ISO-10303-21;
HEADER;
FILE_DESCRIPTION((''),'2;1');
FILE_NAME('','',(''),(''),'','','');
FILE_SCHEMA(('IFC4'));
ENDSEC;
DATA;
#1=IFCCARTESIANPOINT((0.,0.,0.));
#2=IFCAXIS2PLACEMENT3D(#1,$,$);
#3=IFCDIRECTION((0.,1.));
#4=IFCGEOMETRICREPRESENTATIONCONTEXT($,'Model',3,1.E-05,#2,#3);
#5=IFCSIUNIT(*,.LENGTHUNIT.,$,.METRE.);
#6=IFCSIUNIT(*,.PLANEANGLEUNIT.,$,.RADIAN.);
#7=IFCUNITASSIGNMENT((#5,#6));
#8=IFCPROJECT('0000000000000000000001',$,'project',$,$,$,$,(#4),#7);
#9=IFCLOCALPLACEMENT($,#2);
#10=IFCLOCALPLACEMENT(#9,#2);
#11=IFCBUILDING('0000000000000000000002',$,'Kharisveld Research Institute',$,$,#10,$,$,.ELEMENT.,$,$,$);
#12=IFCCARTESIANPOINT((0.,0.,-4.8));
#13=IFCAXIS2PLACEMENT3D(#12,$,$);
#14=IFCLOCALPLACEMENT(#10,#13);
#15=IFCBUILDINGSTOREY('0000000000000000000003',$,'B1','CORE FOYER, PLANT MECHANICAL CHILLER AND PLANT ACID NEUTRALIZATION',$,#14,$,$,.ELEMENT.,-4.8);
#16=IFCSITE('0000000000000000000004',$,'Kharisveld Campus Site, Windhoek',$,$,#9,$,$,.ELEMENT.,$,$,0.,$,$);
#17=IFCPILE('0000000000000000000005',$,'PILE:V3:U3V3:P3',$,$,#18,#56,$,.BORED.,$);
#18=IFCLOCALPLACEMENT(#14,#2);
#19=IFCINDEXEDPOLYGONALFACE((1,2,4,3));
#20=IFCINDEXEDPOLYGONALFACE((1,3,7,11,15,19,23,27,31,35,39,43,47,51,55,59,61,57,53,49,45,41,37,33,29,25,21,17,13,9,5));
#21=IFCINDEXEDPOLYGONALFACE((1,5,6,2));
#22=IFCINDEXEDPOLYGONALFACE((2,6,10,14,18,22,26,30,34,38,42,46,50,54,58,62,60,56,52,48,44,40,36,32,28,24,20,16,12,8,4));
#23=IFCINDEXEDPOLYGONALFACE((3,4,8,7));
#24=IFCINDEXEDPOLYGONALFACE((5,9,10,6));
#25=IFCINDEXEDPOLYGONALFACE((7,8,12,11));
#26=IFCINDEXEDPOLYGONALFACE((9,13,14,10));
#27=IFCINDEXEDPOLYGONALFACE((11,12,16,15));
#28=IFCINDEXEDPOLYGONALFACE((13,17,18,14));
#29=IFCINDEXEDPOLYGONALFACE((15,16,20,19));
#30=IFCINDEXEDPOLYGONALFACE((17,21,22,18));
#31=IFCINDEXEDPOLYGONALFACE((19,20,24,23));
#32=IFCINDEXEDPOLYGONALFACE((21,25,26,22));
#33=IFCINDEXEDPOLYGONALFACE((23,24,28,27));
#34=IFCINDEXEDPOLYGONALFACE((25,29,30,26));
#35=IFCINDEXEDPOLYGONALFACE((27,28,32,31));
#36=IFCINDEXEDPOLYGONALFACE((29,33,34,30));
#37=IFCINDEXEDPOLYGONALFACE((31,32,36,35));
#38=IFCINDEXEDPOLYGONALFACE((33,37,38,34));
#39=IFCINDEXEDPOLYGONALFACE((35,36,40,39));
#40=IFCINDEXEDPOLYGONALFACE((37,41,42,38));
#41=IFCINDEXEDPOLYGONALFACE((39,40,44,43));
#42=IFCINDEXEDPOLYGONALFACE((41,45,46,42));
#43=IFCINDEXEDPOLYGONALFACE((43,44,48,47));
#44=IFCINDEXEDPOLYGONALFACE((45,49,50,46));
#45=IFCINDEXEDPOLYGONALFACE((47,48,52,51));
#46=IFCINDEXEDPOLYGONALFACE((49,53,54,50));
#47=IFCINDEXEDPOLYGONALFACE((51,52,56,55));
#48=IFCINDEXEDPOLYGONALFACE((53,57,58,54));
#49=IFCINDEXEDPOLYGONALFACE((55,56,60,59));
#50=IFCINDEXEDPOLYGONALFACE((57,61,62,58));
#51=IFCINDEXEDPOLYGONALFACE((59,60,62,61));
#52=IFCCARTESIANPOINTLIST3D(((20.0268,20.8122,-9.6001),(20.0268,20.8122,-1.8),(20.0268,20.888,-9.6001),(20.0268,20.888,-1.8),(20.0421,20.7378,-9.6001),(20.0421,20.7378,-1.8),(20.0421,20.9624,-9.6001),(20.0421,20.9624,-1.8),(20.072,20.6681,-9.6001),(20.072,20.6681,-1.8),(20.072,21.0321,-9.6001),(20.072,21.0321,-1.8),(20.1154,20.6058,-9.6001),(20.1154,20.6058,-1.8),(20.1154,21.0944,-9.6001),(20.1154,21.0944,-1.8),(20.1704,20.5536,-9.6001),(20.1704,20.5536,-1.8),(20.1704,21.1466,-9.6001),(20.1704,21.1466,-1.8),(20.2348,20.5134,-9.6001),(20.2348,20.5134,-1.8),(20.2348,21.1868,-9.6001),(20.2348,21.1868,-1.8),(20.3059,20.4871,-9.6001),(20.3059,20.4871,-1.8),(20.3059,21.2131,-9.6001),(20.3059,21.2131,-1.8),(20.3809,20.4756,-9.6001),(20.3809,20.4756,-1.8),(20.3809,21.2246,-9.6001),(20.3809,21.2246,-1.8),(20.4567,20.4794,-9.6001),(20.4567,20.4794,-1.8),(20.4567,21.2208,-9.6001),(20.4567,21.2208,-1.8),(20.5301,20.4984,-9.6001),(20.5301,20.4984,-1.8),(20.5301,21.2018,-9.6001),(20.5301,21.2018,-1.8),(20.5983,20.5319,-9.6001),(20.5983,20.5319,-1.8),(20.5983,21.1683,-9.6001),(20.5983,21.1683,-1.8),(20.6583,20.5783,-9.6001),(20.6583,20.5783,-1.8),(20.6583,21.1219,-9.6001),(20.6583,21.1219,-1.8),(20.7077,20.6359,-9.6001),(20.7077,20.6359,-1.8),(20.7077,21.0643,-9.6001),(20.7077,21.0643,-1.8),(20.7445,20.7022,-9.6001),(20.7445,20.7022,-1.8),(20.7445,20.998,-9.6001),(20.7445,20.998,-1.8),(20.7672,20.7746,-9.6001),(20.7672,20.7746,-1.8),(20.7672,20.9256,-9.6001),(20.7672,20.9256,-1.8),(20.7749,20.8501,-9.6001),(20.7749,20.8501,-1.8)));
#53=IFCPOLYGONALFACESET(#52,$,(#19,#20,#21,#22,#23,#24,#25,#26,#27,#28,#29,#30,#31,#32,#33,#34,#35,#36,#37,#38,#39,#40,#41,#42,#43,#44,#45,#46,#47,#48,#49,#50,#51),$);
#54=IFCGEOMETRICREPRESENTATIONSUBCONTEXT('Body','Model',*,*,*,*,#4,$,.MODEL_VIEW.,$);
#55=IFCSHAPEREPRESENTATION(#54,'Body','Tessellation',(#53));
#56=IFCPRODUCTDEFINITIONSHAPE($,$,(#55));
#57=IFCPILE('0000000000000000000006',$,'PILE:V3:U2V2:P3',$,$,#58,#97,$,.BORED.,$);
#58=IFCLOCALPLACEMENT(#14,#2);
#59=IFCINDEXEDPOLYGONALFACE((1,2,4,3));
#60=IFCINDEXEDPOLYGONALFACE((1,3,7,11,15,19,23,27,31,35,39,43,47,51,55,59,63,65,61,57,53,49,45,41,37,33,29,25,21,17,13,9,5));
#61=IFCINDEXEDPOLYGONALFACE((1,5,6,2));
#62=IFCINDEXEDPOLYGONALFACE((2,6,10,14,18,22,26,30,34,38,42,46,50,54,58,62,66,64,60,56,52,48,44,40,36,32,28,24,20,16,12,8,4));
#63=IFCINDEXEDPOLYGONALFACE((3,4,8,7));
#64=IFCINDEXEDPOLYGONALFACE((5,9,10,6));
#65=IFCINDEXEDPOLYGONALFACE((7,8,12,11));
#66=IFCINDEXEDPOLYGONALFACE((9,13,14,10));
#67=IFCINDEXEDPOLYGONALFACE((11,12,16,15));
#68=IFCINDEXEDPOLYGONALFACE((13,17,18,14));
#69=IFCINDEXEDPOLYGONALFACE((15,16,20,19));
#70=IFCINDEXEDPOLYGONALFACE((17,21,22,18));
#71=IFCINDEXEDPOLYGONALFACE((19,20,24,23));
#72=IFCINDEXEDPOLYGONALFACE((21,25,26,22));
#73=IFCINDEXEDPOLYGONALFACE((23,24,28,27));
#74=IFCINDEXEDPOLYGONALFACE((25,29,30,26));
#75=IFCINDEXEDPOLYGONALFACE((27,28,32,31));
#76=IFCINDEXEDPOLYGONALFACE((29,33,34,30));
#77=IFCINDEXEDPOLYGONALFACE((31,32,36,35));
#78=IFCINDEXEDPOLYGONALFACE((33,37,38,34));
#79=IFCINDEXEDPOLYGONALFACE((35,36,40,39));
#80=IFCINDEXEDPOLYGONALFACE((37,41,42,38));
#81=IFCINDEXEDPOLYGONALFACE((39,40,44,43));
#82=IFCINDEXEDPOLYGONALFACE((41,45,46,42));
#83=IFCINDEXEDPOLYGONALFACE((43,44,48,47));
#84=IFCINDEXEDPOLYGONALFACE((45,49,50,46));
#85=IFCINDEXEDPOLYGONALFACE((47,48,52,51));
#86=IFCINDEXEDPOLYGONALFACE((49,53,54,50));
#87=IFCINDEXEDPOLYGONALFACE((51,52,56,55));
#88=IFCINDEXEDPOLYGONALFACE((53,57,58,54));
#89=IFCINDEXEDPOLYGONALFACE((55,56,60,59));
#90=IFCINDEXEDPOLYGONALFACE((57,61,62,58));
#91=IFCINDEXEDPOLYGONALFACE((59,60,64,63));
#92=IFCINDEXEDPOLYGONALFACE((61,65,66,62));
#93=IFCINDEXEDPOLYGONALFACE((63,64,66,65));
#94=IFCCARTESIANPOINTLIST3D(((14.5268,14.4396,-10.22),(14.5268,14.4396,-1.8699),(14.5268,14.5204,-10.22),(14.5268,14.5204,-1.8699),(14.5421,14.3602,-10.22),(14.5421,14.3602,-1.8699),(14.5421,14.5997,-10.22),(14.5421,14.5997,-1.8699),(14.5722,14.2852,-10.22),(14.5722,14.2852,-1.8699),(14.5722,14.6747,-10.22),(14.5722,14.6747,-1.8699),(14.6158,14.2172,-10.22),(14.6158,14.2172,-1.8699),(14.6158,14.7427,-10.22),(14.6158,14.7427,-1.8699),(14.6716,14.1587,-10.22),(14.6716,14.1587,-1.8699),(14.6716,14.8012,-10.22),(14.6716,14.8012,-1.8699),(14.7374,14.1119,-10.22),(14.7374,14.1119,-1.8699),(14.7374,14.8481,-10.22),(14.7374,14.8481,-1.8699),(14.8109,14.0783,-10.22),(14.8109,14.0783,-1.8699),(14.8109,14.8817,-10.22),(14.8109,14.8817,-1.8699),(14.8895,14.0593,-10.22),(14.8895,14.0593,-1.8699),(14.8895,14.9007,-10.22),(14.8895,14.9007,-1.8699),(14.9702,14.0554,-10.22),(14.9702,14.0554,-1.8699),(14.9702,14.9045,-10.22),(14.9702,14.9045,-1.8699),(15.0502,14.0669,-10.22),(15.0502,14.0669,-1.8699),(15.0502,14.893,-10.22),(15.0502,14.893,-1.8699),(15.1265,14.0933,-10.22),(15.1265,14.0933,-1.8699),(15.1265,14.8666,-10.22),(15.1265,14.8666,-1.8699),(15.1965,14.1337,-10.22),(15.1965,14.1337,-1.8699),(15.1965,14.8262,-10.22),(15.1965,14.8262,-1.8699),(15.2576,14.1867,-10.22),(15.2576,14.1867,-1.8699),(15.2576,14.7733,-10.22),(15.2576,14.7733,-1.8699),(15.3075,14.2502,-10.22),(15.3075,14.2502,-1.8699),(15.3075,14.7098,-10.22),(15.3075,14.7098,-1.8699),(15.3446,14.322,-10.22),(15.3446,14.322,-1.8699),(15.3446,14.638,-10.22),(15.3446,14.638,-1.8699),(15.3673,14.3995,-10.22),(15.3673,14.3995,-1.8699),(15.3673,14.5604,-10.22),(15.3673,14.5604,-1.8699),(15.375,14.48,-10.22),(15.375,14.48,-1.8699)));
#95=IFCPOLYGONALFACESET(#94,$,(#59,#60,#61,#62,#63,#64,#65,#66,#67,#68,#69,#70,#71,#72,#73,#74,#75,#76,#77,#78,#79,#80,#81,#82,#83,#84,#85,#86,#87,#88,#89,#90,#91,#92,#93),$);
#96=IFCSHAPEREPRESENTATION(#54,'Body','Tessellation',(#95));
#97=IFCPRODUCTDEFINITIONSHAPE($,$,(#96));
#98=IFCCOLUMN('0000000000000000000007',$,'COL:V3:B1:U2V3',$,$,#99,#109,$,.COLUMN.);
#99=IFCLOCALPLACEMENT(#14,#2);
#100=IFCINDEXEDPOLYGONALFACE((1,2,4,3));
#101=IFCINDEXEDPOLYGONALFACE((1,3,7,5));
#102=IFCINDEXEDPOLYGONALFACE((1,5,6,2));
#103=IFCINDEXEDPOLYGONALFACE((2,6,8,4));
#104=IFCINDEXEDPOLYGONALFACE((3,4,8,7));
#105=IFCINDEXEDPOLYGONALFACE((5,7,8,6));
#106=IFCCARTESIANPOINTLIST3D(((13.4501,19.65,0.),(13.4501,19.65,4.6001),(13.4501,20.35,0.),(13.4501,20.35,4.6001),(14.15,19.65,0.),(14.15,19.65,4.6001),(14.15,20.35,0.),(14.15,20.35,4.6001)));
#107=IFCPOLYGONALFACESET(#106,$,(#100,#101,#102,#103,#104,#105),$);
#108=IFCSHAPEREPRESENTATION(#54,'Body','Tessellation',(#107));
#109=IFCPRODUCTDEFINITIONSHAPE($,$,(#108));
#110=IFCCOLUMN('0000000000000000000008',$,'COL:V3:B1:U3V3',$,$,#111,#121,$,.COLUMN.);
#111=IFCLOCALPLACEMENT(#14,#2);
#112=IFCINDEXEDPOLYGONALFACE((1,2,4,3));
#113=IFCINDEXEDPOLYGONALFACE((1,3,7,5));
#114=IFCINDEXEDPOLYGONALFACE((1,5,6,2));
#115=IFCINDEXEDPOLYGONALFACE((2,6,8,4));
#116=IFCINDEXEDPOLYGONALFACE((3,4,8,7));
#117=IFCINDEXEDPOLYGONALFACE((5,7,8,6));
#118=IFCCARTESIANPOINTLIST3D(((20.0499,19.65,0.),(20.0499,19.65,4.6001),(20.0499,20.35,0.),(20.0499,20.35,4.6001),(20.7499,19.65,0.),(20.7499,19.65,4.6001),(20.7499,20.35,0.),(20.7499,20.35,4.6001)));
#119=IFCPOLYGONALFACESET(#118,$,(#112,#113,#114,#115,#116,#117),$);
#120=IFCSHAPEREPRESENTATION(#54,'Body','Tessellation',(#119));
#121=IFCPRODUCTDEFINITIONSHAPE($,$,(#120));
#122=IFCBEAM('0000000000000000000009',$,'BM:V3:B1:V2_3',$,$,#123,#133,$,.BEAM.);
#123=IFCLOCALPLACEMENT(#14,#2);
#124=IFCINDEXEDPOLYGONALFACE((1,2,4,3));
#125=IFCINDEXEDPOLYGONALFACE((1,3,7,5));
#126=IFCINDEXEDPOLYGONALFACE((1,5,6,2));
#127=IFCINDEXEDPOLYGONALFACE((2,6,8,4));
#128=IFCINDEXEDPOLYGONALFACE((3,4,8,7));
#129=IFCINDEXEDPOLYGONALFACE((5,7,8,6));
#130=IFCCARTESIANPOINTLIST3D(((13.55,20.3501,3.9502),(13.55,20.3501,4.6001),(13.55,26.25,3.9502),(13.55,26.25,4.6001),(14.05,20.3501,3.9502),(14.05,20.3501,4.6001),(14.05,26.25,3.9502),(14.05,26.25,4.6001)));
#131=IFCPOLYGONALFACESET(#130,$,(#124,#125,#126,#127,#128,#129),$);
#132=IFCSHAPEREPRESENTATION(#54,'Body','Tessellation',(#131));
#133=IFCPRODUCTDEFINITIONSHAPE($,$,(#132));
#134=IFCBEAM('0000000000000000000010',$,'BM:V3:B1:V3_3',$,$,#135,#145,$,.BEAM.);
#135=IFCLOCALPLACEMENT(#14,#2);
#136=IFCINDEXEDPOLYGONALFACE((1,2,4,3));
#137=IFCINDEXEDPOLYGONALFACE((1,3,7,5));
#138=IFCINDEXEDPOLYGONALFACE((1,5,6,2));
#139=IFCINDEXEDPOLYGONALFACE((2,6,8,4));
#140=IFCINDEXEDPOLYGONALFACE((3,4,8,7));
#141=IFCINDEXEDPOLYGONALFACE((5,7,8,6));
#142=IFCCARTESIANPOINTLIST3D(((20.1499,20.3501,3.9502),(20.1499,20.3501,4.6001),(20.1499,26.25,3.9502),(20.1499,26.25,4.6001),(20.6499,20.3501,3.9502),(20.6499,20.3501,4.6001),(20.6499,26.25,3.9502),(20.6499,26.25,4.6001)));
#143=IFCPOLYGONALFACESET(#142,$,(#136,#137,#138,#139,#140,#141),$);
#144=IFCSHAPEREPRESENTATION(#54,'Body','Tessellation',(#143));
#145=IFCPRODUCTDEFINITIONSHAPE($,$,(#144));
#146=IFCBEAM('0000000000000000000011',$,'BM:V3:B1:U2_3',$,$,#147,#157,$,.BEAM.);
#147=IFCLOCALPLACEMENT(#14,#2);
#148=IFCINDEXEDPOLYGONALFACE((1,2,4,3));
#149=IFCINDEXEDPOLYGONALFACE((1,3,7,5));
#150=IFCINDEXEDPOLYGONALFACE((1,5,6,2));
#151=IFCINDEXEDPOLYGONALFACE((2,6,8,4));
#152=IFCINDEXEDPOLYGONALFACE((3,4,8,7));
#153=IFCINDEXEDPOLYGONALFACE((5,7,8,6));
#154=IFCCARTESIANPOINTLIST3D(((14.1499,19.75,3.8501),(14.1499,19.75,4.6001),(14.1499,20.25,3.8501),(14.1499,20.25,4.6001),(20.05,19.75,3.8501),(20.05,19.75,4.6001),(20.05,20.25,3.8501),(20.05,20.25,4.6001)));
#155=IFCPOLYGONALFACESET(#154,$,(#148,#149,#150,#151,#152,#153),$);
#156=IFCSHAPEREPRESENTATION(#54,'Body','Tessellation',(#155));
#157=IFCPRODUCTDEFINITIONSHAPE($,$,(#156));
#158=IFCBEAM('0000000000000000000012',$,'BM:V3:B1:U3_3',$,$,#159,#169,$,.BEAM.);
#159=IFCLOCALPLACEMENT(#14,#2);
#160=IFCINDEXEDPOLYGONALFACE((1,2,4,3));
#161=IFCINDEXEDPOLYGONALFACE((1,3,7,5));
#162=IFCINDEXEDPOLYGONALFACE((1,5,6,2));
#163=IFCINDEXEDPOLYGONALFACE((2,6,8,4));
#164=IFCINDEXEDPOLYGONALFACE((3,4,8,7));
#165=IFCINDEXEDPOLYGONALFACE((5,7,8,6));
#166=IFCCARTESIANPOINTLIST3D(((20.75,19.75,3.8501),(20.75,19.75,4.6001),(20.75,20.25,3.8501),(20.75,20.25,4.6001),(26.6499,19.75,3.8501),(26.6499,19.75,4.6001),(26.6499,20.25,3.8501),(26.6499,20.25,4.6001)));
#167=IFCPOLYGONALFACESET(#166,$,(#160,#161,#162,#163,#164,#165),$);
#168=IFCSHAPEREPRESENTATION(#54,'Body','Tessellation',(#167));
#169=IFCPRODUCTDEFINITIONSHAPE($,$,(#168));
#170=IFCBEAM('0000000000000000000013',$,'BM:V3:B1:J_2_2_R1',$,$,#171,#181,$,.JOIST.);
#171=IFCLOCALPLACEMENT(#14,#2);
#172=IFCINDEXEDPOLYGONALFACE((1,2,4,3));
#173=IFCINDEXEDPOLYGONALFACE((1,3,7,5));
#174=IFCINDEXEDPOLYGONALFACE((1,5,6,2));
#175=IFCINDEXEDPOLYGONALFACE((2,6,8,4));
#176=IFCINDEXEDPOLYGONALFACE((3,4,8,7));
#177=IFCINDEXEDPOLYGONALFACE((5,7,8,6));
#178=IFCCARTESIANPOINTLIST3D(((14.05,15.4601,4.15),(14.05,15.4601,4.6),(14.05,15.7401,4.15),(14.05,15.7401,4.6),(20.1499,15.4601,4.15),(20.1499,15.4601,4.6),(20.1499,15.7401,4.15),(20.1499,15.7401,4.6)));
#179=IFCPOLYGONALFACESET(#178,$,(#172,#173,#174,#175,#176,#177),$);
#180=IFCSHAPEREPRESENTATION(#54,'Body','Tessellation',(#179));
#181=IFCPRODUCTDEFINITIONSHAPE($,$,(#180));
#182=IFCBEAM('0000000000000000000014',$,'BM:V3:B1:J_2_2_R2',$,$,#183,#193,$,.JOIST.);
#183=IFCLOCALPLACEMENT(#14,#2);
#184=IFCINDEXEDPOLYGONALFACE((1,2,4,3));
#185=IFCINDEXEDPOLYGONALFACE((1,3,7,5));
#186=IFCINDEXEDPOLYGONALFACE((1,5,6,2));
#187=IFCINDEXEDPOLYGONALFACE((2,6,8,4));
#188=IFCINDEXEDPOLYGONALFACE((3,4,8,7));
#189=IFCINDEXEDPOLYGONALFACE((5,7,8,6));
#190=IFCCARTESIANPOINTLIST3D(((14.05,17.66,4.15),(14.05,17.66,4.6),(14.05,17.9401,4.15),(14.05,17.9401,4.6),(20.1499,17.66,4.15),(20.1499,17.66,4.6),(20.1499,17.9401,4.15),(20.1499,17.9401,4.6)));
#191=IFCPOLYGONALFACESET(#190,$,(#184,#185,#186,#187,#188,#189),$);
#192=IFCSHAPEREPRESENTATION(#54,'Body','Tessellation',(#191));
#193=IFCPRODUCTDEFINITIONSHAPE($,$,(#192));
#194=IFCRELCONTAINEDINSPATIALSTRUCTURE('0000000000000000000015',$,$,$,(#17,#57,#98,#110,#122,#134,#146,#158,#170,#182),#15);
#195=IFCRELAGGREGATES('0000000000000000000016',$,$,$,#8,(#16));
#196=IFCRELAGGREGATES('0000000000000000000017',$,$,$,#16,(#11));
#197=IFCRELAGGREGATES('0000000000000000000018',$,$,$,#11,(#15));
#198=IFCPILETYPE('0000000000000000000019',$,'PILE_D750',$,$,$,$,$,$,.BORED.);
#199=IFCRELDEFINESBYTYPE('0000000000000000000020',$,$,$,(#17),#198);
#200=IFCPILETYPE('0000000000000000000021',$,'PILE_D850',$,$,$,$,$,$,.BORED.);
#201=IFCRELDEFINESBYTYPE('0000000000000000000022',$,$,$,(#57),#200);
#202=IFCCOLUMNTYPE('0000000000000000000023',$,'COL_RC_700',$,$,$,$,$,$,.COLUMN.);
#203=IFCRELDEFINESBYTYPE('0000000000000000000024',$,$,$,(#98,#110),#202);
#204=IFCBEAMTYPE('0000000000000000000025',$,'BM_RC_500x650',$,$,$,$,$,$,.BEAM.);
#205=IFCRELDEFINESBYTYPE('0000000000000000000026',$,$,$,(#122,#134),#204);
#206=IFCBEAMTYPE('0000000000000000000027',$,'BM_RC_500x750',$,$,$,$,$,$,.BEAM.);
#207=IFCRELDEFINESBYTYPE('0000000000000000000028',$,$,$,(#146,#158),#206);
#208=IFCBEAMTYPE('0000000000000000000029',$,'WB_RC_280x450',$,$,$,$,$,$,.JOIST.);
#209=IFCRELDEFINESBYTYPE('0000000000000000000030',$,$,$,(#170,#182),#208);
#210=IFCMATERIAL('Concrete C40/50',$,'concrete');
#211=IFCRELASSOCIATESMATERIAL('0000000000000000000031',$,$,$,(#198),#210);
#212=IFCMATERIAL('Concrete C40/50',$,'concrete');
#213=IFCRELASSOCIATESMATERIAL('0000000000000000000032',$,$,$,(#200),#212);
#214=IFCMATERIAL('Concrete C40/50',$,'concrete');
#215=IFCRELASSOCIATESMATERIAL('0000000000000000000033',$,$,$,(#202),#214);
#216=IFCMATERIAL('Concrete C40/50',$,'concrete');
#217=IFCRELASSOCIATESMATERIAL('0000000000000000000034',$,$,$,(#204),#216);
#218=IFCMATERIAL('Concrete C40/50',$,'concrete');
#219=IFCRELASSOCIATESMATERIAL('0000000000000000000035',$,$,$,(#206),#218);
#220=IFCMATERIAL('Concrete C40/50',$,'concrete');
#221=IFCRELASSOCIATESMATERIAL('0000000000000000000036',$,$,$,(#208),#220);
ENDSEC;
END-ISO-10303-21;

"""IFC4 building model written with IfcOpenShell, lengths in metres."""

from ifc_helpers import new_model, si_unit, direction, frame, origin, origin_2d, place, context, subcontext, project, spatial, rectangle, circle, extrude, material, material_profile, profile_set, type_object, element, save


model = new_model("IFC4")

# Units and contexts
model_context = context("Model", 3, precision=1e-05, world=origin(), true_north=direction((0.0, 1.0)))
body_context = subcontext(model_context, "Body", "Model", "MODEL_VIEW")
ifc_project = project(units=[si_unit("LENGTHUNIT", "METRE"), si_unit("PLANEANGLEUNIT", "RADIAN")], contexts=[model_context])

# Site, building, storey
site_placement = place(None, origin())
site = spatial("IfcSite", under=ifc_project, at=site_placement, Name="Kharisveld Campus Site, Windhoek", CompositionType="ELEMENT", RefElevation=0.0)
building_placement = place(site_placement, origin())
building = spatial("IfcBuilding", under=site, at=building_placement, Name="Kharisveld Research Institute", CompositionType="ELEMENT")
storey_placement = place(building_placement, frame((0.0, 0.0, -4.8)))
storey = spatial("IfcBuildingStorey", under=building, at=storey_placement, Name="B1", Description="CORE FOYER, PLANT MECHANICAL CHILLER AND PLANT ACID NEUTRALIZATION", CompositionType="ELEMENT", Elevation=-4.8)

# Piles
ifc_material_1 = material(Name="Concrete C40/50", Category="concrete")
ifc_material_profile_1 = material_profile(ifc_material_1, circle(Radius=0.375, at=origin_2d()))
ifc_profile_set_1 = profile_set([ifc_material_profile_1], Name="Concrete C40/50")
pile_type_1 = type_object("IfcPileType", Name="PILE_D750", PredefinedType="BORED", material=ifc_profile_set_1)
for number, where, z_axis, x_axis, name in (
    (1, (20.3999, 20.8501, -1.8), (0.0, 0.0, -1.0), (1.0, 0.0, 0.0), "PILE:V3:U3V3:P3"),
):
    element("IfcPile", number, at=place(storey_placement, frame(where, z_axis=z_axis, x_axis=x_axis)), inside=storey, type_object=pile_type_1, Name=name, PredefinedType="BORED", context=body_context, shape_type="SweptSolid", body=[
        extrude(circle(Radius=0.375, at=origin_2d()), origin(), (0.0, 0.0, 1.0), 7.8),
    ])
ifc_material_2 = material(Name="Concrete C40/50", Category="concrete")
ifc_material_profile_2 = material_profile(ifc_material_2, circle(Radius=0.425, at=origin_2d()))
ifc_profile_set_2 = profile_set([ifc_material_profile_2], Name="Concrete C40/50")
pile_type_2 = type_object("IfcPileType", Name="PILE_D850", PredefinedType="BORED", material=ifc_profile_set_2)
pile_placement = place(storey_placement, frame((14.95, 14.48, -1.8699), z_axis=(0.0, 0.0, -1.0), x_axis=(1.0, 0.0, 0.0)))
element("IfcPile", 2, at=pile_placement, inside=storey, type_object=pile_type_2, Name="PILE:V3:U2V2:P3", PredefinedType="BORED", context=body_context, shape_type="SweptSolid", body=[
    extrude(circle(Radius=0.425, at=origin_2d()), origin(), (0.0, 0.0, 1.0), 8.3501),
])

# Columns
ifc_material_3 = material(Name="Concrete C40/50", Category="concrete")
ifc_material_profile_3 = material_profile(ifc_material_3, rectangle(XDim=0.7, YDim=0.7, at=origin_2d()))
ifc_profile_set_3 = profile_set([ifc_material_profile_3], Name="Concrete C40/50")
column_type = type_object("IfcColumnType", Name="COL_RC_700", PredefinedType="COLUMN", material=ifc_profile_set_3)
for number, where, z_axis, x_axis, name in (
    (3, (13.8, 20.0, 0.0), (0.0, 0.0, 1.0), (1.0, 0.0, 0.0), "COL:V3:B1:U2V3"),
    (4, (20.3999, 20.0, 0.0), (0.0, 0.0, 1.0), (1.0, 0.0, 0.0), "COL:V3:B1:U3V3"),
):
    element("IfcColumn", number, at=place(storey_placement, frame(where, z_axis=z_axis, x_axis=x_axis)), inside=storey, type_object=column_type, Name=name, PredefinedType="COLUMN", context=body_context, shape_type="SweptSolid", body=[
        extrude(rectangle(XDim=0.7, YDim=0.7, at=origin_2d()), origin(), (0.0, 0.0, 1.0), 4.6001),
    ])

# Beams
ifc_material_4 = material(Name="Concrete C40/50", Category="concrete")
ifc_material_profile_4 = material_profile(ifc_material_4, rectangle(XDim=0.5, YDim=0.6499, at=origin_2d()))
ifc_profile_set_4 = profile_set([ifc_material_profile_4], Name="Concrete C40/50")
beam_type_1 = type_object("IfcBeamType", Name="BM_RC_500x650", PredefinedType="BEAM", material=ifc_profile_set_4)
for number, where, z_axis, x_axis, name in (
    (5, (13.8, 20.3501, 4.2751), (0.0, 1.0, 0.0), (-1.0, 0.0, 0.0), "BM:V3:B1:V2_3"),
    (6, (20.3999, 20.3501, 4.2751), (0.0, 1.0, 0.0), (-1.0, 0.0, 0.0), "BM:V3:B1:V3_3"),
):
    element("IfcBeam", number, at=place(storey_placement, frame(where, z_axis=z_axis, x_axis=x_axis)), inside=storey, type_object=beam_type_1, Name=name, PredefinedType="BEAM", context=body_context, shape_type="SweptSolid", body=[
        extrude(rectangle(XDim=0.5, YDim=0.6499, at=origin_2d()), origin(), (0.0, 0.0, 1.0), 5.8999),
    ])
ifc_material_5 = material(Name="Concrete C40/50", Category="concrete")
ifc_material_profile_5 = material_profile(ifc_material_5, rectangle(XDim=0.5, YDim=0.75, at=origin_2d()))
ifc_profile_set_5 = profile_set([ifc_material_profile_5], Name="Concrete C40/50")
beam_type_2 = type_object("IfcBeamType", Name="BM_RC_500x750", PredefinedType="BEAM", material=ifc_profile_set_5)
beam_1_placement = place(storey_placement, frame((14.1499, 20.0, 4.2251), z_axis=(1.0, 0.0, 0.0), x_axis=(0.0, 1.0, 0.0)))
element("IfcBeam", 7, at=beam_1_placement, inside=storey, type_object=beam_type_2, Name="BM:V3:B1:U2_3", PredefinedType="BEAM", context=body_context, shape_type="SweptSolid", body=[
    extrude(rectangle(XDim=0.5, YDim=0.75, at=origin_2d()), origin(), (0.0, 0.0, 1.0), 5.9001),
])
beam_2_placement = place(storey_placement, frame((20.75, 20.0, 4.2251), z_axis=(1.0, 0.0, 0.0), x_axis=(0.0, 1.0, 0.0)))
element("IfcBeam", 8, at=beam_2_placement, inside=storey, type_object=beam_type_2, Name="BM:V3:B1:U3_3", PredefinedType="BEAM", context=body_context, shape_type="SweptSolid", body=[
    extrude(rectangle(XDim=0.5, YDim=0.75, at=origin_2d()), origin(), (0.0, 0.0, 1.0), 5.8999),
])
ifc_material_6 = material(Name="Concrete C40/50", Category="concrete")
ifc_material_profile_6 = material_profile(ifc_material_6, rectangle(XDim=0.28, YDim=0.45, at=origin_2d()))
ifc_profile_set_6 = profile_set([ifc_material_profile_6], Name="Concrete C40/50")
beam_type_3 = type_object("IfcBeamType", Name="WB_RC_280x450", PredefinedType="JOIST", material=ifc_profile_set_6)
for number, where, z_axis, x_axis, name in (
    (9, (14.05, 15.6001, 4.375), (1.0, 0.0, 0.0), (0.0, 1.0, 0.0), "BM:V3:B1:J_2_2_R1"),
    (10, (14.05, 17.8, 4.375), (1.0, 0.0, 0.0), (0.0, 1.0, 0.0), "BM:V3:B1:J_2_2_R2"),
):
    element("IfcBeam", number, at=place(storey_placement, frame(where, z_axis=z_axis, x_axis=x_axis)), inside=storey, type_object=beam_type_3, Name=name, PredefinedType="JOIST", context=body_context, shape_type="SweptSolid", body=[
        extrude(rectangle(XDim=0.28, YDim=0.45, at=origin_2d()), origin(), (0.0, 0.0, 1.0), 6.0999),
    ])

save(model, "model.ifc")
